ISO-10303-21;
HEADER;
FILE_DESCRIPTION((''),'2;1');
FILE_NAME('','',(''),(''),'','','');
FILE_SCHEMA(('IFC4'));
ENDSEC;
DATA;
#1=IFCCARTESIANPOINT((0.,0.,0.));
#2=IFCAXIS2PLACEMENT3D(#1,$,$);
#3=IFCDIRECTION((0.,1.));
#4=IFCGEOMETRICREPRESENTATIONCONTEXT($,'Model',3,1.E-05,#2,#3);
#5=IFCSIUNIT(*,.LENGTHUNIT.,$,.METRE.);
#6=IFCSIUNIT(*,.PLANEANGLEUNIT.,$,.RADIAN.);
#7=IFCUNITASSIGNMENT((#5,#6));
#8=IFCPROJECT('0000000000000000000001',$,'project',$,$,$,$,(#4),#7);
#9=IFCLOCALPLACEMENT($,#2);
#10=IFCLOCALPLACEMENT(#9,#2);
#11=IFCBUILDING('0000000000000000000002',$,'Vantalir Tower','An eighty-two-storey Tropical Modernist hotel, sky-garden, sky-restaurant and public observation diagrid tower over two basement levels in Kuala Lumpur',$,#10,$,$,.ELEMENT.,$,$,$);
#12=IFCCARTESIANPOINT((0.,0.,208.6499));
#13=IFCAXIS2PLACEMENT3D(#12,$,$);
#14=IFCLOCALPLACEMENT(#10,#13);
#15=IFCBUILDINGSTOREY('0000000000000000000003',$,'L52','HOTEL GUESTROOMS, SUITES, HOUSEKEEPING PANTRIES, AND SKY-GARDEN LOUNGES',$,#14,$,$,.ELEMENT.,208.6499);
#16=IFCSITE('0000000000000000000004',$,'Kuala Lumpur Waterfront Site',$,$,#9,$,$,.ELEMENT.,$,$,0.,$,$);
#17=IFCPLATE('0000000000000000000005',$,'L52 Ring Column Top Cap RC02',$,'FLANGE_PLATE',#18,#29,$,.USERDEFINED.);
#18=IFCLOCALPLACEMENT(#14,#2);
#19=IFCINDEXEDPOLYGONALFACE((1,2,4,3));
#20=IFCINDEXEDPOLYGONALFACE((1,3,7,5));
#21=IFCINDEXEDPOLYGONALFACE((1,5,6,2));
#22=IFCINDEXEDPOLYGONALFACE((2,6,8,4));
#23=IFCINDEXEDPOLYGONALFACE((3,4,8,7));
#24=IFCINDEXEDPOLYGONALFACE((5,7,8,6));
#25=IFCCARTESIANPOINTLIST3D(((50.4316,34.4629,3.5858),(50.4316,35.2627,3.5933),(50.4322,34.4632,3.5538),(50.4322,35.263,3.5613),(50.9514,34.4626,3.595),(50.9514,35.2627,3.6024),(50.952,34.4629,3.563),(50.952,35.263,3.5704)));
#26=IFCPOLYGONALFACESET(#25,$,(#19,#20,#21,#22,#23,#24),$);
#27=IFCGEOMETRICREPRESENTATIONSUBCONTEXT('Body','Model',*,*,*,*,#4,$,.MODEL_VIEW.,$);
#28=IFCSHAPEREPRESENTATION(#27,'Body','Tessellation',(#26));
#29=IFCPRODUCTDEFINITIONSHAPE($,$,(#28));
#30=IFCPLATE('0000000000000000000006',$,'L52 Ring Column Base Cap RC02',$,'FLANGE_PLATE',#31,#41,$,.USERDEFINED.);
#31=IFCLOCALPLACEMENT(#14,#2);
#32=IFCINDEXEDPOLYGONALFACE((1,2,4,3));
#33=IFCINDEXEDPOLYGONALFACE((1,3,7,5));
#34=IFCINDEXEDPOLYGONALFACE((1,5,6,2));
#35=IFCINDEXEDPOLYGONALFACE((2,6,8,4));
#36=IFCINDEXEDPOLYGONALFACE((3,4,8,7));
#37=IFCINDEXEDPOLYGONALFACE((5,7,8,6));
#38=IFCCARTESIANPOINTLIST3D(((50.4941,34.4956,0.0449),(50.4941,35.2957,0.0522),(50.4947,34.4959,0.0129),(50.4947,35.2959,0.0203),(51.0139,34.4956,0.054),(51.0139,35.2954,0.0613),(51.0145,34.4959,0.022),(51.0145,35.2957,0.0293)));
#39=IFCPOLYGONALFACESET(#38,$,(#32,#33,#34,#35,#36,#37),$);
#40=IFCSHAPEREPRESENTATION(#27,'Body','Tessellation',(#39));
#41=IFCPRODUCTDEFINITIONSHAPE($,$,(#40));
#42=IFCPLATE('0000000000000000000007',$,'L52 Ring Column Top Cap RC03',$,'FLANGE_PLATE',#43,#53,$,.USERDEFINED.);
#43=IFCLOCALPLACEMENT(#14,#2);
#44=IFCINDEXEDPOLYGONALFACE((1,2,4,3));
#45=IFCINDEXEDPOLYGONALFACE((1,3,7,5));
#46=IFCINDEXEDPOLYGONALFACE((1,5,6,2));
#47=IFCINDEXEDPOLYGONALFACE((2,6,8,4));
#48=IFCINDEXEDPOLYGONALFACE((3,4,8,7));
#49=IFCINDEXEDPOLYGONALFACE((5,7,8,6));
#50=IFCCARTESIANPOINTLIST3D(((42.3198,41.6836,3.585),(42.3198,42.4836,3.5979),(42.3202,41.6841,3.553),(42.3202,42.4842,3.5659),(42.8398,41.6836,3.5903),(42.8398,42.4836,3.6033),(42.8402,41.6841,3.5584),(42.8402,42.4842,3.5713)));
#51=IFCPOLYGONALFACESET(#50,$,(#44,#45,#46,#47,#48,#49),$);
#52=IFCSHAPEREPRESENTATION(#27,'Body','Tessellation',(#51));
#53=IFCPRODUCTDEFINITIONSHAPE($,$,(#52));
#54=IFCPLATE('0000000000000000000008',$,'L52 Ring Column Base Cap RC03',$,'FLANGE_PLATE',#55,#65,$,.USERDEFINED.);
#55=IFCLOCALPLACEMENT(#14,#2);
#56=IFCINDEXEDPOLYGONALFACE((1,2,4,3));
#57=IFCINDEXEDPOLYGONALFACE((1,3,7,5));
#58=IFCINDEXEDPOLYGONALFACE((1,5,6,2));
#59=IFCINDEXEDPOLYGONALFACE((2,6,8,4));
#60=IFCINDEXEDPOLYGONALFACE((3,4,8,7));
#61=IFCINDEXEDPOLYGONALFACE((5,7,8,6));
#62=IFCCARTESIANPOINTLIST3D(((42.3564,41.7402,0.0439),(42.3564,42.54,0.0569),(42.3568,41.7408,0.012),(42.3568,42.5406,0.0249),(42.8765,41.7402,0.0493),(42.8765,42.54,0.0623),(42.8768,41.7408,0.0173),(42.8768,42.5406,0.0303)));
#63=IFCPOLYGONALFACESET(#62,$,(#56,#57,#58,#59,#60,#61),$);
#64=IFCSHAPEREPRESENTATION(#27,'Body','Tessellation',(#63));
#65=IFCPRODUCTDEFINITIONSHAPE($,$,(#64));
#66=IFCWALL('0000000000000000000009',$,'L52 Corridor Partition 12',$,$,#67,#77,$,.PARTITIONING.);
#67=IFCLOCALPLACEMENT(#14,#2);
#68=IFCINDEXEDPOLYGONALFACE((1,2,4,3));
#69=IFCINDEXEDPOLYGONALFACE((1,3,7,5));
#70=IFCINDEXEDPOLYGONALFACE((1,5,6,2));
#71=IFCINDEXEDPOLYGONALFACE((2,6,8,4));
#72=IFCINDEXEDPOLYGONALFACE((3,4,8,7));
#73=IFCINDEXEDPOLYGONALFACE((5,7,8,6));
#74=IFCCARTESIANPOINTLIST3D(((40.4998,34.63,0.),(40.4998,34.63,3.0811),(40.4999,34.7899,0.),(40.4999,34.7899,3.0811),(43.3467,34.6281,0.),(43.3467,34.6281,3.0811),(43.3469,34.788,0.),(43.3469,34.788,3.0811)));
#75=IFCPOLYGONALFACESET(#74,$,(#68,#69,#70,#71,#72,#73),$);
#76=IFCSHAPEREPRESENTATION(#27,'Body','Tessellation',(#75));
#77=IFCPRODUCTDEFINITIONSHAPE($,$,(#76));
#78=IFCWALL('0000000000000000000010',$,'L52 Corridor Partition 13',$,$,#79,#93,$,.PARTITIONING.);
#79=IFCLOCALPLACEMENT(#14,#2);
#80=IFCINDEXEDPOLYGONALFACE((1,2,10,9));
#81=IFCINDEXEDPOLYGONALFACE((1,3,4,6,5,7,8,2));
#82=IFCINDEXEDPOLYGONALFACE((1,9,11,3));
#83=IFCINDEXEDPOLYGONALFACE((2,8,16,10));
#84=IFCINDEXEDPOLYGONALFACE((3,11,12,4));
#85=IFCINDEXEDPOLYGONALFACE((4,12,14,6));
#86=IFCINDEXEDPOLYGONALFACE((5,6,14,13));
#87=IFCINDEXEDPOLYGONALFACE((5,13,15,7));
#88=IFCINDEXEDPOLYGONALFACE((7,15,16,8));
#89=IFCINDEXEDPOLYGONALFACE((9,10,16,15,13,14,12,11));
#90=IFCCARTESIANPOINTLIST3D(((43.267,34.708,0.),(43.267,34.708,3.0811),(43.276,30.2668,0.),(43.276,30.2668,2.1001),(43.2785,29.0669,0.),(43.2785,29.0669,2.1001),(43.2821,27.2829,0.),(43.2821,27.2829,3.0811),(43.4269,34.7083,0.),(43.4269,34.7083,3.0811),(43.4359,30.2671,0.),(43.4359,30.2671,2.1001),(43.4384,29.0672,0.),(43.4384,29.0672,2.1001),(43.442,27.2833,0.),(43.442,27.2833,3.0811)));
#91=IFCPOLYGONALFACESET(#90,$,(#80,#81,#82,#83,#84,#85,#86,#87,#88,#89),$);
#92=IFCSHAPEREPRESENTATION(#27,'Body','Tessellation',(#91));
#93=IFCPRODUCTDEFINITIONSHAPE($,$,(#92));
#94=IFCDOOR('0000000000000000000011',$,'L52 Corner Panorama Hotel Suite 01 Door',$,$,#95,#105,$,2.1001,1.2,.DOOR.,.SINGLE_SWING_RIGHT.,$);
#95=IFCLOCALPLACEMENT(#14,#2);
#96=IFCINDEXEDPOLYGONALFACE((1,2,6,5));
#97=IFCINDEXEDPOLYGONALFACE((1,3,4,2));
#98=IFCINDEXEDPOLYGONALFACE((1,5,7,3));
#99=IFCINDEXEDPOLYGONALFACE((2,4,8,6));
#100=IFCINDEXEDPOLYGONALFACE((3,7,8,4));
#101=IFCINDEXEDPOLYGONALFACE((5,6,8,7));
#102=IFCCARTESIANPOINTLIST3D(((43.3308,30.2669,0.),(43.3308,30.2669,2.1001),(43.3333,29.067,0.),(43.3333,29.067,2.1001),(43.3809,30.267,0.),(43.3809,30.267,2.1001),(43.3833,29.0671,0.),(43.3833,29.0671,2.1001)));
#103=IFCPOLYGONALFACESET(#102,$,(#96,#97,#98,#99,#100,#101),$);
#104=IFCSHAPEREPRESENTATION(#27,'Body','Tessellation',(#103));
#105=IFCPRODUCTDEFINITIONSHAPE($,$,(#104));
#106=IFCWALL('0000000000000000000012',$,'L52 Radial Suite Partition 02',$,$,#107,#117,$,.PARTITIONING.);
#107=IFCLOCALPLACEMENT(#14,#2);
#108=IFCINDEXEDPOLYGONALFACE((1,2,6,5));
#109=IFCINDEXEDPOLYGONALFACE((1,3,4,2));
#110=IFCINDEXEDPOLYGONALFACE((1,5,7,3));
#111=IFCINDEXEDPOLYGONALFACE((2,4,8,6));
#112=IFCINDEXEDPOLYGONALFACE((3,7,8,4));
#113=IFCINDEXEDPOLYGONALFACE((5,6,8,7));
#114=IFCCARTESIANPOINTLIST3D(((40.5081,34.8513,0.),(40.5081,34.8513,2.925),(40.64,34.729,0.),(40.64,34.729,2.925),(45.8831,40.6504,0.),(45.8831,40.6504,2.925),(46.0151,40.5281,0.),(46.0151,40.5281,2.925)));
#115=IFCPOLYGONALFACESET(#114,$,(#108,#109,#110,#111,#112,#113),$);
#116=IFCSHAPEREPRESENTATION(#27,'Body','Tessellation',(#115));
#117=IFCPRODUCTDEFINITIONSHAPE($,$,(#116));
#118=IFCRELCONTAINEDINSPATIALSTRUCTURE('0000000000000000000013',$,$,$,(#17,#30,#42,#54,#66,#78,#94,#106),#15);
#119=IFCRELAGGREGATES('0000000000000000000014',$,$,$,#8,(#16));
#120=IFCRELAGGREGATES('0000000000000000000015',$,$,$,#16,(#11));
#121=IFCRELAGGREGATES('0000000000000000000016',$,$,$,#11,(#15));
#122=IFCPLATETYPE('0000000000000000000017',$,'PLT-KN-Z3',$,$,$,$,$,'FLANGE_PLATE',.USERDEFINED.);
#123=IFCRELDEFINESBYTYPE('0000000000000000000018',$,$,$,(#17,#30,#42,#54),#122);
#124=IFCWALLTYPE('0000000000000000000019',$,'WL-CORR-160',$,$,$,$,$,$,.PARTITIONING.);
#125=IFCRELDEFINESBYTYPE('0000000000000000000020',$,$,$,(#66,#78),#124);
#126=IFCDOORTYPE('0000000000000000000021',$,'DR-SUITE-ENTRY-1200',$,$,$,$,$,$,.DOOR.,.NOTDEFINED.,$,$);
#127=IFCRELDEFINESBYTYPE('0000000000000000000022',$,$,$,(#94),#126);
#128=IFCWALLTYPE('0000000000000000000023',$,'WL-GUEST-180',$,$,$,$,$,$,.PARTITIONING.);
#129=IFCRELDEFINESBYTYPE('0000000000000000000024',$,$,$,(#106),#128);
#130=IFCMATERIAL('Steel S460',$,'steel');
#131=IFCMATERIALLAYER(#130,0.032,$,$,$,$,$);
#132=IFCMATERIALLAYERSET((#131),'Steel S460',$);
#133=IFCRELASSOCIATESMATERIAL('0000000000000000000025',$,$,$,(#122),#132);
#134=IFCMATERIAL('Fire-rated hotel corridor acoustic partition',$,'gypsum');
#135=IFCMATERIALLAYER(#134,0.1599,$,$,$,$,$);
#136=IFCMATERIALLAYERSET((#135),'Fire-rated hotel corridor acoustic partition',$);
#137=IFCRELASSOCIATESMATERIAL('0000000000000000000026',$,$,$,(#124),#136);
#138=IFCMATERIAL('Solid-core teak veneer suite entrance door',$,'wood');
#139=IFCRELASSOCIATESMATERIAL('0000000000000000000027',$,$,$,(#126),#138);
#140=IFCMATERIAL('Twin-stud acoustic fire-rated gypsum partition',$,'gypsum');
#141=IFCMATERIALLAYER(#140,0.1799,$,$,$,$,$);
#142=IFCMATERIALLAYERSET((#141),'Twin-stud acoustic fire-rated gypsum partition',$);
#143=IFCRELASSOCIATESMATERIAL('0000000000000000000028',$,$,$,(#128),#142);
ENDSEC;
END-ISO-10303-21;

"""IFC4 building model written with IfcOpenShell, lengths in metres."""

from ifc_helpers import new_model, si_unit, direction, frame, frame_2d, origin, place, context, subcontext, project, spatial, polyline, rectangle, outline, extrude, material, layer, layer_set, type_object, element, fill, save


model = new_model("IFC4")

# Units and contexts
model_context = context("Model", 3, precision=1e-05, world=origin(), true_north=direction((0.0, 1.0)))
body_context = subcontext(model_context, "Body", "Model", "MODEL_VIEW")
ifc_project = project(units=[si_unit("LENGTHUNIT", "METRE"), si_unit("PLANEANGLEUNIT", "RADIAN")], contexts=[model_context])

# Site, building, storey
site_placement = place(None, origin())
site = spatial("IfcSite", under=ifc_project, at=site_placement, Name="Kuala Lumpur Waterfront Site", CompositionType="ELEMENT", RefElevation=0.0)
building_placement = place(site_placement, origin())
building = spatial("IfcBuilding", under=site, at=building_placement, Name="Vantalir Tower", Description="An eighty-two-storey Tropical Modernist hotel, sky-garden, sky-restaurant and public observation diagrid tower over two basement levels in Kuala Lumpur", CompositionType="ELEMENT")
storey_placement = place(building_placement, frame((0.0, 0.0, 208.6499)))
storey = spatial("IfcBuildingStorey", under=building, at=storey_placement, Name="L52", Description="HOTEL GUESTROOMS, SUITES, HOUSEKEEPING PANTRIES, AND SKY-GARDEN LOUNGES", CompositionType="ELEMENT", Elevation=208.6499)

# Shared definitions
ifc_material_1 = material(Name="Steel S460", Category="steel")

# Plates
ifc_layer_1 = layer(ifc_material_1, 0.032)
ifc_layer_set_1 = layer_set([ifc_layer_1], Name="Steel S460")
plate_type_1 = type_object("IfcPlateType", Name="PLT-KN-Z3", ElementType="FLANGE_PLATE", PredefinedType="USERDEFINED", material=ifc_layer_set_1)
plate_1_placement = place(storey_placement, frame((50.4316, 35.2627, 3.5933), z_axis=(-0.017613, -0.009307, 0.999802), x_axis=(-0.000003, -0.999957, -0.009308)))
element("IfcPlate", 1, at=plate_1_placement, inside=storey, type_object=plate_type_1, Name="L52 Ring Column Top Cap RC02", ObjectType="FLANGE_PLATE", PredefinedType="USERDEFINED", context=body_context, shape_type="SweptSolid", body=[
    extrude(outline(polyline([(0.0, 0.0), (0.7998, 0.0), (0.8, 0.5199), (-0.0001, 0.5199), (0.0, 0.0)])), origin(), (0.0, 0.0, -1.0), 0.032),
])
plate_2_placement = place(storey_placement, frame((50.4941, 35.2957, 0.0522), z_axis=(-0.017378, -0.009154, 0.999807), x_axis=(0.0, -0.999958, -0.009156)))
element("IfcPlate", 2, at=plate_2_placement, inside=storey, type_object=plate_type_1, Name="L52 Ring Column Base Cap RC02", ObjectType="FLANGE_PLATE", PredefinedType="USERDEFINED", context=body_context, shape_type="SweptSolid", body=[
    extrude(outline(polyline([(0.0, 0.0), (0.8001, 0.0), (0.8, 0.5199), (0.0002, 0.5199), (0.0, 0.0)])), origin(), (0.0, 0.0, -1.0), 0.032),
])
plate_3_placement = place(storey_placement, frame((42.3198, 42.4836, 3.5979), z_axis=(-0.010327, -0.01617, 0.999816), x_axis=(0.0, -0.999869, -0.016171)))
element("IfcPlate", 3, at=plate_3_placement, inside=storey, type_object=plate_type_1, Name="L52 Ring Column Top Cap RC03", ObjectType="FLANGE_PLATE", PredefinedType="USERDEFINED", context=body_context, shape_type="SweptSolid", body=[
    extrude(outline(polyline([(0.0, 0.0), (0.8002, 0.0), (0.8001, 0.52), (-0.0001, 0.52), (0.0, 0.0)])), origin(), (0.0, 0.0, -1.0), 0.032),
])
plate_4_placement = place(storey_placement, frame((42.3564, 42.54, 0.0569), z_axis=(-0.010327, -0.016175, 0.999816), x_axis=(0.0, -0.999869, -0.016176)))
element("IfcPlate", 4, at=plate_4_placement, inside=storey, type_object=plate_type_1, Name="L52 Ring Column Base Cap RC03", ObjectType="FLANGE_PLATE", PredefinedType="USERDEFINED", context=body_context, shape_type="SweptSolid", body=[
    extrude(outline(polyline([(0.0, 0.0), (0.7999, 0.0), (0.7998, 0.52), (-0.0001, 0.52), (0.0, 0.0)])), origin(), (0.0, 0.0, -1.0), 0.032),
])

# Wall
ifc_material_2 = material(Name="Fire-rated hotel corridor acoustic partition", Category="gypsum")
ifc_layer_2 = layer(ifc_material_2, 0.1599)
ifc_layer_set_2 = layer_set([ifc_layer_2], Name="Fire-rated hotel corridor acoustic partition")
wall_type_1 = type_object("IfcWallType", Name="WL-CORR-160", PredefinedType="PARTITIONING", material=ifc_layer_set_2)
wall_1_placement = place(storey_placement, frame((40.5, 34.71, 0.0), z_axis=(0.0, 0.0, 1.0), x_axis=(1.0, -0.000686, 0.0)))
element("IfcWall", 5, at=wall_1_placement, inside=storey, type_object=wall_type_1, Name="L52 Corridor Partition 12", PredefinedType="PARTITIONING", context=body_context, shape_type="SweptSolid", body=[
    extrude(rectangle(XDim=2.8469, YDim=0.1599, at=frame_2d((1.4233, 0.0))), origin(), (0.0, 0.0, 1.0), 3.0811),
])

# Wall, opening, door
wall_2_placement = place(storey_placement, frame((43.3469, 34.708, 0.0), z_axis=(0.0, 0.0, 1.0), x_axis=(0.002039, -0.999998, 0.0)))
wall_2 = element("IfcWall", 6, at=wall_2_placement, inside=storey, type_object=wall_type_1, Name="L52 Corridor Partition 13", PredefinedType="PARTITIONING", context=body_context, shape_type="SweptSolid", body=[
    extrude(rectangle(XDim=7.425, YDim=0.1599, at=frame_2d((3.7124, 0.0))), origin(), (0.0, 0.0, 1.0), 3.0811),
])
opening_placement = place(wall_2_placement, frame((4.4409, 0.0, 0.0)))
opening = element("IfcOpeningElement", 7, at=opening_placement, cuts=wall_2, PredefinedType="OPENING", context=body_context, shape_type="SweptSolid", body=[
    extrude(rectangle(XDim=1.2, YDim=2.1001, at=frame_2d((0.6001, 1.05))), frame((0.0, 0.0898, 0.0), z_axis=(0.0, -1.0, 0.0), x_axis=(1.0, 0.0, 0.0)), (0.0, 0.0, 1.0), 0.1799),
])
ifc_material_3 = material(Name="Solid-core teak veneer suite entrance door", Category="wood")
door_type = type_object("IfcDoorType", Name="DR-SUITE-ENTRY-1200", OperationType="NOTDEFINED", PredefinedType="DOOR", material=ifc_material_3)
door_placement = place(opening_placement, origin())
door = element("IfcDoor", 8, at=door_placement, inside=storey, type_object=door_type, Name="L52 Corner Panorama Hotel Suite 01 Door", OperationType="SINGLE_SWING_RIGHT", OverallHeight=2.1001, OverallWidth=1.2, PredefinedType="DOOR", context=body_context, shape_type="SweptSolid", body=[
    extrude(rectangle(XDim=1.2, YDim=2.1001, at=frame_2d((0.6001, 1.05))), frame((0.0, 0.0249, 0.0), z_axis=(0.0, -1.0, 0.0), x_axis=(1.0, 0.0, 0.0)), (0.0, 0.0, 1.0), 0.05),
])
fill(opening, door)

# Wall
ifc_material_4 = material(Name="Twin-stud acoustic fire-rated gypsum partition", Category="gypsum")
ifc_layer_3 = layer(ifc_material_4, 0.1799)
ifc_layer_set_3 = layer_set([ifc_layer_3], Name="Twin-stud acoustic fire-rated gypsum partition")
wall_type_2 = type_object("IfcWallType", Name="WL-GUEST-180", PredefinedType="PARTITIONING", material=ifc_layer_set_3)
wall_3_placement = place(storey_placement, frame((40.574, 34.79, 0.0), z_axis=(0.0, 0.0, 1.0), x_axis=(0.679782, 0.733415, 0.0)))
element("IfcWall", 9, at=wall_3_placement, inside=storey, type_object=wall_type_2, Name="L52 Radial Suite Partition 02", PredefinedType="PARTITIONING", context=body_context, shape_type="SweptSolid", body=[
    extrude(rectangle(XDim=7.907, YDim=0.1799, at=frame_2d((3.9536, 0.0))), origin(), (0.0, 0.0, 1.0), 2.925),
])

save(model, "model.ifc")
